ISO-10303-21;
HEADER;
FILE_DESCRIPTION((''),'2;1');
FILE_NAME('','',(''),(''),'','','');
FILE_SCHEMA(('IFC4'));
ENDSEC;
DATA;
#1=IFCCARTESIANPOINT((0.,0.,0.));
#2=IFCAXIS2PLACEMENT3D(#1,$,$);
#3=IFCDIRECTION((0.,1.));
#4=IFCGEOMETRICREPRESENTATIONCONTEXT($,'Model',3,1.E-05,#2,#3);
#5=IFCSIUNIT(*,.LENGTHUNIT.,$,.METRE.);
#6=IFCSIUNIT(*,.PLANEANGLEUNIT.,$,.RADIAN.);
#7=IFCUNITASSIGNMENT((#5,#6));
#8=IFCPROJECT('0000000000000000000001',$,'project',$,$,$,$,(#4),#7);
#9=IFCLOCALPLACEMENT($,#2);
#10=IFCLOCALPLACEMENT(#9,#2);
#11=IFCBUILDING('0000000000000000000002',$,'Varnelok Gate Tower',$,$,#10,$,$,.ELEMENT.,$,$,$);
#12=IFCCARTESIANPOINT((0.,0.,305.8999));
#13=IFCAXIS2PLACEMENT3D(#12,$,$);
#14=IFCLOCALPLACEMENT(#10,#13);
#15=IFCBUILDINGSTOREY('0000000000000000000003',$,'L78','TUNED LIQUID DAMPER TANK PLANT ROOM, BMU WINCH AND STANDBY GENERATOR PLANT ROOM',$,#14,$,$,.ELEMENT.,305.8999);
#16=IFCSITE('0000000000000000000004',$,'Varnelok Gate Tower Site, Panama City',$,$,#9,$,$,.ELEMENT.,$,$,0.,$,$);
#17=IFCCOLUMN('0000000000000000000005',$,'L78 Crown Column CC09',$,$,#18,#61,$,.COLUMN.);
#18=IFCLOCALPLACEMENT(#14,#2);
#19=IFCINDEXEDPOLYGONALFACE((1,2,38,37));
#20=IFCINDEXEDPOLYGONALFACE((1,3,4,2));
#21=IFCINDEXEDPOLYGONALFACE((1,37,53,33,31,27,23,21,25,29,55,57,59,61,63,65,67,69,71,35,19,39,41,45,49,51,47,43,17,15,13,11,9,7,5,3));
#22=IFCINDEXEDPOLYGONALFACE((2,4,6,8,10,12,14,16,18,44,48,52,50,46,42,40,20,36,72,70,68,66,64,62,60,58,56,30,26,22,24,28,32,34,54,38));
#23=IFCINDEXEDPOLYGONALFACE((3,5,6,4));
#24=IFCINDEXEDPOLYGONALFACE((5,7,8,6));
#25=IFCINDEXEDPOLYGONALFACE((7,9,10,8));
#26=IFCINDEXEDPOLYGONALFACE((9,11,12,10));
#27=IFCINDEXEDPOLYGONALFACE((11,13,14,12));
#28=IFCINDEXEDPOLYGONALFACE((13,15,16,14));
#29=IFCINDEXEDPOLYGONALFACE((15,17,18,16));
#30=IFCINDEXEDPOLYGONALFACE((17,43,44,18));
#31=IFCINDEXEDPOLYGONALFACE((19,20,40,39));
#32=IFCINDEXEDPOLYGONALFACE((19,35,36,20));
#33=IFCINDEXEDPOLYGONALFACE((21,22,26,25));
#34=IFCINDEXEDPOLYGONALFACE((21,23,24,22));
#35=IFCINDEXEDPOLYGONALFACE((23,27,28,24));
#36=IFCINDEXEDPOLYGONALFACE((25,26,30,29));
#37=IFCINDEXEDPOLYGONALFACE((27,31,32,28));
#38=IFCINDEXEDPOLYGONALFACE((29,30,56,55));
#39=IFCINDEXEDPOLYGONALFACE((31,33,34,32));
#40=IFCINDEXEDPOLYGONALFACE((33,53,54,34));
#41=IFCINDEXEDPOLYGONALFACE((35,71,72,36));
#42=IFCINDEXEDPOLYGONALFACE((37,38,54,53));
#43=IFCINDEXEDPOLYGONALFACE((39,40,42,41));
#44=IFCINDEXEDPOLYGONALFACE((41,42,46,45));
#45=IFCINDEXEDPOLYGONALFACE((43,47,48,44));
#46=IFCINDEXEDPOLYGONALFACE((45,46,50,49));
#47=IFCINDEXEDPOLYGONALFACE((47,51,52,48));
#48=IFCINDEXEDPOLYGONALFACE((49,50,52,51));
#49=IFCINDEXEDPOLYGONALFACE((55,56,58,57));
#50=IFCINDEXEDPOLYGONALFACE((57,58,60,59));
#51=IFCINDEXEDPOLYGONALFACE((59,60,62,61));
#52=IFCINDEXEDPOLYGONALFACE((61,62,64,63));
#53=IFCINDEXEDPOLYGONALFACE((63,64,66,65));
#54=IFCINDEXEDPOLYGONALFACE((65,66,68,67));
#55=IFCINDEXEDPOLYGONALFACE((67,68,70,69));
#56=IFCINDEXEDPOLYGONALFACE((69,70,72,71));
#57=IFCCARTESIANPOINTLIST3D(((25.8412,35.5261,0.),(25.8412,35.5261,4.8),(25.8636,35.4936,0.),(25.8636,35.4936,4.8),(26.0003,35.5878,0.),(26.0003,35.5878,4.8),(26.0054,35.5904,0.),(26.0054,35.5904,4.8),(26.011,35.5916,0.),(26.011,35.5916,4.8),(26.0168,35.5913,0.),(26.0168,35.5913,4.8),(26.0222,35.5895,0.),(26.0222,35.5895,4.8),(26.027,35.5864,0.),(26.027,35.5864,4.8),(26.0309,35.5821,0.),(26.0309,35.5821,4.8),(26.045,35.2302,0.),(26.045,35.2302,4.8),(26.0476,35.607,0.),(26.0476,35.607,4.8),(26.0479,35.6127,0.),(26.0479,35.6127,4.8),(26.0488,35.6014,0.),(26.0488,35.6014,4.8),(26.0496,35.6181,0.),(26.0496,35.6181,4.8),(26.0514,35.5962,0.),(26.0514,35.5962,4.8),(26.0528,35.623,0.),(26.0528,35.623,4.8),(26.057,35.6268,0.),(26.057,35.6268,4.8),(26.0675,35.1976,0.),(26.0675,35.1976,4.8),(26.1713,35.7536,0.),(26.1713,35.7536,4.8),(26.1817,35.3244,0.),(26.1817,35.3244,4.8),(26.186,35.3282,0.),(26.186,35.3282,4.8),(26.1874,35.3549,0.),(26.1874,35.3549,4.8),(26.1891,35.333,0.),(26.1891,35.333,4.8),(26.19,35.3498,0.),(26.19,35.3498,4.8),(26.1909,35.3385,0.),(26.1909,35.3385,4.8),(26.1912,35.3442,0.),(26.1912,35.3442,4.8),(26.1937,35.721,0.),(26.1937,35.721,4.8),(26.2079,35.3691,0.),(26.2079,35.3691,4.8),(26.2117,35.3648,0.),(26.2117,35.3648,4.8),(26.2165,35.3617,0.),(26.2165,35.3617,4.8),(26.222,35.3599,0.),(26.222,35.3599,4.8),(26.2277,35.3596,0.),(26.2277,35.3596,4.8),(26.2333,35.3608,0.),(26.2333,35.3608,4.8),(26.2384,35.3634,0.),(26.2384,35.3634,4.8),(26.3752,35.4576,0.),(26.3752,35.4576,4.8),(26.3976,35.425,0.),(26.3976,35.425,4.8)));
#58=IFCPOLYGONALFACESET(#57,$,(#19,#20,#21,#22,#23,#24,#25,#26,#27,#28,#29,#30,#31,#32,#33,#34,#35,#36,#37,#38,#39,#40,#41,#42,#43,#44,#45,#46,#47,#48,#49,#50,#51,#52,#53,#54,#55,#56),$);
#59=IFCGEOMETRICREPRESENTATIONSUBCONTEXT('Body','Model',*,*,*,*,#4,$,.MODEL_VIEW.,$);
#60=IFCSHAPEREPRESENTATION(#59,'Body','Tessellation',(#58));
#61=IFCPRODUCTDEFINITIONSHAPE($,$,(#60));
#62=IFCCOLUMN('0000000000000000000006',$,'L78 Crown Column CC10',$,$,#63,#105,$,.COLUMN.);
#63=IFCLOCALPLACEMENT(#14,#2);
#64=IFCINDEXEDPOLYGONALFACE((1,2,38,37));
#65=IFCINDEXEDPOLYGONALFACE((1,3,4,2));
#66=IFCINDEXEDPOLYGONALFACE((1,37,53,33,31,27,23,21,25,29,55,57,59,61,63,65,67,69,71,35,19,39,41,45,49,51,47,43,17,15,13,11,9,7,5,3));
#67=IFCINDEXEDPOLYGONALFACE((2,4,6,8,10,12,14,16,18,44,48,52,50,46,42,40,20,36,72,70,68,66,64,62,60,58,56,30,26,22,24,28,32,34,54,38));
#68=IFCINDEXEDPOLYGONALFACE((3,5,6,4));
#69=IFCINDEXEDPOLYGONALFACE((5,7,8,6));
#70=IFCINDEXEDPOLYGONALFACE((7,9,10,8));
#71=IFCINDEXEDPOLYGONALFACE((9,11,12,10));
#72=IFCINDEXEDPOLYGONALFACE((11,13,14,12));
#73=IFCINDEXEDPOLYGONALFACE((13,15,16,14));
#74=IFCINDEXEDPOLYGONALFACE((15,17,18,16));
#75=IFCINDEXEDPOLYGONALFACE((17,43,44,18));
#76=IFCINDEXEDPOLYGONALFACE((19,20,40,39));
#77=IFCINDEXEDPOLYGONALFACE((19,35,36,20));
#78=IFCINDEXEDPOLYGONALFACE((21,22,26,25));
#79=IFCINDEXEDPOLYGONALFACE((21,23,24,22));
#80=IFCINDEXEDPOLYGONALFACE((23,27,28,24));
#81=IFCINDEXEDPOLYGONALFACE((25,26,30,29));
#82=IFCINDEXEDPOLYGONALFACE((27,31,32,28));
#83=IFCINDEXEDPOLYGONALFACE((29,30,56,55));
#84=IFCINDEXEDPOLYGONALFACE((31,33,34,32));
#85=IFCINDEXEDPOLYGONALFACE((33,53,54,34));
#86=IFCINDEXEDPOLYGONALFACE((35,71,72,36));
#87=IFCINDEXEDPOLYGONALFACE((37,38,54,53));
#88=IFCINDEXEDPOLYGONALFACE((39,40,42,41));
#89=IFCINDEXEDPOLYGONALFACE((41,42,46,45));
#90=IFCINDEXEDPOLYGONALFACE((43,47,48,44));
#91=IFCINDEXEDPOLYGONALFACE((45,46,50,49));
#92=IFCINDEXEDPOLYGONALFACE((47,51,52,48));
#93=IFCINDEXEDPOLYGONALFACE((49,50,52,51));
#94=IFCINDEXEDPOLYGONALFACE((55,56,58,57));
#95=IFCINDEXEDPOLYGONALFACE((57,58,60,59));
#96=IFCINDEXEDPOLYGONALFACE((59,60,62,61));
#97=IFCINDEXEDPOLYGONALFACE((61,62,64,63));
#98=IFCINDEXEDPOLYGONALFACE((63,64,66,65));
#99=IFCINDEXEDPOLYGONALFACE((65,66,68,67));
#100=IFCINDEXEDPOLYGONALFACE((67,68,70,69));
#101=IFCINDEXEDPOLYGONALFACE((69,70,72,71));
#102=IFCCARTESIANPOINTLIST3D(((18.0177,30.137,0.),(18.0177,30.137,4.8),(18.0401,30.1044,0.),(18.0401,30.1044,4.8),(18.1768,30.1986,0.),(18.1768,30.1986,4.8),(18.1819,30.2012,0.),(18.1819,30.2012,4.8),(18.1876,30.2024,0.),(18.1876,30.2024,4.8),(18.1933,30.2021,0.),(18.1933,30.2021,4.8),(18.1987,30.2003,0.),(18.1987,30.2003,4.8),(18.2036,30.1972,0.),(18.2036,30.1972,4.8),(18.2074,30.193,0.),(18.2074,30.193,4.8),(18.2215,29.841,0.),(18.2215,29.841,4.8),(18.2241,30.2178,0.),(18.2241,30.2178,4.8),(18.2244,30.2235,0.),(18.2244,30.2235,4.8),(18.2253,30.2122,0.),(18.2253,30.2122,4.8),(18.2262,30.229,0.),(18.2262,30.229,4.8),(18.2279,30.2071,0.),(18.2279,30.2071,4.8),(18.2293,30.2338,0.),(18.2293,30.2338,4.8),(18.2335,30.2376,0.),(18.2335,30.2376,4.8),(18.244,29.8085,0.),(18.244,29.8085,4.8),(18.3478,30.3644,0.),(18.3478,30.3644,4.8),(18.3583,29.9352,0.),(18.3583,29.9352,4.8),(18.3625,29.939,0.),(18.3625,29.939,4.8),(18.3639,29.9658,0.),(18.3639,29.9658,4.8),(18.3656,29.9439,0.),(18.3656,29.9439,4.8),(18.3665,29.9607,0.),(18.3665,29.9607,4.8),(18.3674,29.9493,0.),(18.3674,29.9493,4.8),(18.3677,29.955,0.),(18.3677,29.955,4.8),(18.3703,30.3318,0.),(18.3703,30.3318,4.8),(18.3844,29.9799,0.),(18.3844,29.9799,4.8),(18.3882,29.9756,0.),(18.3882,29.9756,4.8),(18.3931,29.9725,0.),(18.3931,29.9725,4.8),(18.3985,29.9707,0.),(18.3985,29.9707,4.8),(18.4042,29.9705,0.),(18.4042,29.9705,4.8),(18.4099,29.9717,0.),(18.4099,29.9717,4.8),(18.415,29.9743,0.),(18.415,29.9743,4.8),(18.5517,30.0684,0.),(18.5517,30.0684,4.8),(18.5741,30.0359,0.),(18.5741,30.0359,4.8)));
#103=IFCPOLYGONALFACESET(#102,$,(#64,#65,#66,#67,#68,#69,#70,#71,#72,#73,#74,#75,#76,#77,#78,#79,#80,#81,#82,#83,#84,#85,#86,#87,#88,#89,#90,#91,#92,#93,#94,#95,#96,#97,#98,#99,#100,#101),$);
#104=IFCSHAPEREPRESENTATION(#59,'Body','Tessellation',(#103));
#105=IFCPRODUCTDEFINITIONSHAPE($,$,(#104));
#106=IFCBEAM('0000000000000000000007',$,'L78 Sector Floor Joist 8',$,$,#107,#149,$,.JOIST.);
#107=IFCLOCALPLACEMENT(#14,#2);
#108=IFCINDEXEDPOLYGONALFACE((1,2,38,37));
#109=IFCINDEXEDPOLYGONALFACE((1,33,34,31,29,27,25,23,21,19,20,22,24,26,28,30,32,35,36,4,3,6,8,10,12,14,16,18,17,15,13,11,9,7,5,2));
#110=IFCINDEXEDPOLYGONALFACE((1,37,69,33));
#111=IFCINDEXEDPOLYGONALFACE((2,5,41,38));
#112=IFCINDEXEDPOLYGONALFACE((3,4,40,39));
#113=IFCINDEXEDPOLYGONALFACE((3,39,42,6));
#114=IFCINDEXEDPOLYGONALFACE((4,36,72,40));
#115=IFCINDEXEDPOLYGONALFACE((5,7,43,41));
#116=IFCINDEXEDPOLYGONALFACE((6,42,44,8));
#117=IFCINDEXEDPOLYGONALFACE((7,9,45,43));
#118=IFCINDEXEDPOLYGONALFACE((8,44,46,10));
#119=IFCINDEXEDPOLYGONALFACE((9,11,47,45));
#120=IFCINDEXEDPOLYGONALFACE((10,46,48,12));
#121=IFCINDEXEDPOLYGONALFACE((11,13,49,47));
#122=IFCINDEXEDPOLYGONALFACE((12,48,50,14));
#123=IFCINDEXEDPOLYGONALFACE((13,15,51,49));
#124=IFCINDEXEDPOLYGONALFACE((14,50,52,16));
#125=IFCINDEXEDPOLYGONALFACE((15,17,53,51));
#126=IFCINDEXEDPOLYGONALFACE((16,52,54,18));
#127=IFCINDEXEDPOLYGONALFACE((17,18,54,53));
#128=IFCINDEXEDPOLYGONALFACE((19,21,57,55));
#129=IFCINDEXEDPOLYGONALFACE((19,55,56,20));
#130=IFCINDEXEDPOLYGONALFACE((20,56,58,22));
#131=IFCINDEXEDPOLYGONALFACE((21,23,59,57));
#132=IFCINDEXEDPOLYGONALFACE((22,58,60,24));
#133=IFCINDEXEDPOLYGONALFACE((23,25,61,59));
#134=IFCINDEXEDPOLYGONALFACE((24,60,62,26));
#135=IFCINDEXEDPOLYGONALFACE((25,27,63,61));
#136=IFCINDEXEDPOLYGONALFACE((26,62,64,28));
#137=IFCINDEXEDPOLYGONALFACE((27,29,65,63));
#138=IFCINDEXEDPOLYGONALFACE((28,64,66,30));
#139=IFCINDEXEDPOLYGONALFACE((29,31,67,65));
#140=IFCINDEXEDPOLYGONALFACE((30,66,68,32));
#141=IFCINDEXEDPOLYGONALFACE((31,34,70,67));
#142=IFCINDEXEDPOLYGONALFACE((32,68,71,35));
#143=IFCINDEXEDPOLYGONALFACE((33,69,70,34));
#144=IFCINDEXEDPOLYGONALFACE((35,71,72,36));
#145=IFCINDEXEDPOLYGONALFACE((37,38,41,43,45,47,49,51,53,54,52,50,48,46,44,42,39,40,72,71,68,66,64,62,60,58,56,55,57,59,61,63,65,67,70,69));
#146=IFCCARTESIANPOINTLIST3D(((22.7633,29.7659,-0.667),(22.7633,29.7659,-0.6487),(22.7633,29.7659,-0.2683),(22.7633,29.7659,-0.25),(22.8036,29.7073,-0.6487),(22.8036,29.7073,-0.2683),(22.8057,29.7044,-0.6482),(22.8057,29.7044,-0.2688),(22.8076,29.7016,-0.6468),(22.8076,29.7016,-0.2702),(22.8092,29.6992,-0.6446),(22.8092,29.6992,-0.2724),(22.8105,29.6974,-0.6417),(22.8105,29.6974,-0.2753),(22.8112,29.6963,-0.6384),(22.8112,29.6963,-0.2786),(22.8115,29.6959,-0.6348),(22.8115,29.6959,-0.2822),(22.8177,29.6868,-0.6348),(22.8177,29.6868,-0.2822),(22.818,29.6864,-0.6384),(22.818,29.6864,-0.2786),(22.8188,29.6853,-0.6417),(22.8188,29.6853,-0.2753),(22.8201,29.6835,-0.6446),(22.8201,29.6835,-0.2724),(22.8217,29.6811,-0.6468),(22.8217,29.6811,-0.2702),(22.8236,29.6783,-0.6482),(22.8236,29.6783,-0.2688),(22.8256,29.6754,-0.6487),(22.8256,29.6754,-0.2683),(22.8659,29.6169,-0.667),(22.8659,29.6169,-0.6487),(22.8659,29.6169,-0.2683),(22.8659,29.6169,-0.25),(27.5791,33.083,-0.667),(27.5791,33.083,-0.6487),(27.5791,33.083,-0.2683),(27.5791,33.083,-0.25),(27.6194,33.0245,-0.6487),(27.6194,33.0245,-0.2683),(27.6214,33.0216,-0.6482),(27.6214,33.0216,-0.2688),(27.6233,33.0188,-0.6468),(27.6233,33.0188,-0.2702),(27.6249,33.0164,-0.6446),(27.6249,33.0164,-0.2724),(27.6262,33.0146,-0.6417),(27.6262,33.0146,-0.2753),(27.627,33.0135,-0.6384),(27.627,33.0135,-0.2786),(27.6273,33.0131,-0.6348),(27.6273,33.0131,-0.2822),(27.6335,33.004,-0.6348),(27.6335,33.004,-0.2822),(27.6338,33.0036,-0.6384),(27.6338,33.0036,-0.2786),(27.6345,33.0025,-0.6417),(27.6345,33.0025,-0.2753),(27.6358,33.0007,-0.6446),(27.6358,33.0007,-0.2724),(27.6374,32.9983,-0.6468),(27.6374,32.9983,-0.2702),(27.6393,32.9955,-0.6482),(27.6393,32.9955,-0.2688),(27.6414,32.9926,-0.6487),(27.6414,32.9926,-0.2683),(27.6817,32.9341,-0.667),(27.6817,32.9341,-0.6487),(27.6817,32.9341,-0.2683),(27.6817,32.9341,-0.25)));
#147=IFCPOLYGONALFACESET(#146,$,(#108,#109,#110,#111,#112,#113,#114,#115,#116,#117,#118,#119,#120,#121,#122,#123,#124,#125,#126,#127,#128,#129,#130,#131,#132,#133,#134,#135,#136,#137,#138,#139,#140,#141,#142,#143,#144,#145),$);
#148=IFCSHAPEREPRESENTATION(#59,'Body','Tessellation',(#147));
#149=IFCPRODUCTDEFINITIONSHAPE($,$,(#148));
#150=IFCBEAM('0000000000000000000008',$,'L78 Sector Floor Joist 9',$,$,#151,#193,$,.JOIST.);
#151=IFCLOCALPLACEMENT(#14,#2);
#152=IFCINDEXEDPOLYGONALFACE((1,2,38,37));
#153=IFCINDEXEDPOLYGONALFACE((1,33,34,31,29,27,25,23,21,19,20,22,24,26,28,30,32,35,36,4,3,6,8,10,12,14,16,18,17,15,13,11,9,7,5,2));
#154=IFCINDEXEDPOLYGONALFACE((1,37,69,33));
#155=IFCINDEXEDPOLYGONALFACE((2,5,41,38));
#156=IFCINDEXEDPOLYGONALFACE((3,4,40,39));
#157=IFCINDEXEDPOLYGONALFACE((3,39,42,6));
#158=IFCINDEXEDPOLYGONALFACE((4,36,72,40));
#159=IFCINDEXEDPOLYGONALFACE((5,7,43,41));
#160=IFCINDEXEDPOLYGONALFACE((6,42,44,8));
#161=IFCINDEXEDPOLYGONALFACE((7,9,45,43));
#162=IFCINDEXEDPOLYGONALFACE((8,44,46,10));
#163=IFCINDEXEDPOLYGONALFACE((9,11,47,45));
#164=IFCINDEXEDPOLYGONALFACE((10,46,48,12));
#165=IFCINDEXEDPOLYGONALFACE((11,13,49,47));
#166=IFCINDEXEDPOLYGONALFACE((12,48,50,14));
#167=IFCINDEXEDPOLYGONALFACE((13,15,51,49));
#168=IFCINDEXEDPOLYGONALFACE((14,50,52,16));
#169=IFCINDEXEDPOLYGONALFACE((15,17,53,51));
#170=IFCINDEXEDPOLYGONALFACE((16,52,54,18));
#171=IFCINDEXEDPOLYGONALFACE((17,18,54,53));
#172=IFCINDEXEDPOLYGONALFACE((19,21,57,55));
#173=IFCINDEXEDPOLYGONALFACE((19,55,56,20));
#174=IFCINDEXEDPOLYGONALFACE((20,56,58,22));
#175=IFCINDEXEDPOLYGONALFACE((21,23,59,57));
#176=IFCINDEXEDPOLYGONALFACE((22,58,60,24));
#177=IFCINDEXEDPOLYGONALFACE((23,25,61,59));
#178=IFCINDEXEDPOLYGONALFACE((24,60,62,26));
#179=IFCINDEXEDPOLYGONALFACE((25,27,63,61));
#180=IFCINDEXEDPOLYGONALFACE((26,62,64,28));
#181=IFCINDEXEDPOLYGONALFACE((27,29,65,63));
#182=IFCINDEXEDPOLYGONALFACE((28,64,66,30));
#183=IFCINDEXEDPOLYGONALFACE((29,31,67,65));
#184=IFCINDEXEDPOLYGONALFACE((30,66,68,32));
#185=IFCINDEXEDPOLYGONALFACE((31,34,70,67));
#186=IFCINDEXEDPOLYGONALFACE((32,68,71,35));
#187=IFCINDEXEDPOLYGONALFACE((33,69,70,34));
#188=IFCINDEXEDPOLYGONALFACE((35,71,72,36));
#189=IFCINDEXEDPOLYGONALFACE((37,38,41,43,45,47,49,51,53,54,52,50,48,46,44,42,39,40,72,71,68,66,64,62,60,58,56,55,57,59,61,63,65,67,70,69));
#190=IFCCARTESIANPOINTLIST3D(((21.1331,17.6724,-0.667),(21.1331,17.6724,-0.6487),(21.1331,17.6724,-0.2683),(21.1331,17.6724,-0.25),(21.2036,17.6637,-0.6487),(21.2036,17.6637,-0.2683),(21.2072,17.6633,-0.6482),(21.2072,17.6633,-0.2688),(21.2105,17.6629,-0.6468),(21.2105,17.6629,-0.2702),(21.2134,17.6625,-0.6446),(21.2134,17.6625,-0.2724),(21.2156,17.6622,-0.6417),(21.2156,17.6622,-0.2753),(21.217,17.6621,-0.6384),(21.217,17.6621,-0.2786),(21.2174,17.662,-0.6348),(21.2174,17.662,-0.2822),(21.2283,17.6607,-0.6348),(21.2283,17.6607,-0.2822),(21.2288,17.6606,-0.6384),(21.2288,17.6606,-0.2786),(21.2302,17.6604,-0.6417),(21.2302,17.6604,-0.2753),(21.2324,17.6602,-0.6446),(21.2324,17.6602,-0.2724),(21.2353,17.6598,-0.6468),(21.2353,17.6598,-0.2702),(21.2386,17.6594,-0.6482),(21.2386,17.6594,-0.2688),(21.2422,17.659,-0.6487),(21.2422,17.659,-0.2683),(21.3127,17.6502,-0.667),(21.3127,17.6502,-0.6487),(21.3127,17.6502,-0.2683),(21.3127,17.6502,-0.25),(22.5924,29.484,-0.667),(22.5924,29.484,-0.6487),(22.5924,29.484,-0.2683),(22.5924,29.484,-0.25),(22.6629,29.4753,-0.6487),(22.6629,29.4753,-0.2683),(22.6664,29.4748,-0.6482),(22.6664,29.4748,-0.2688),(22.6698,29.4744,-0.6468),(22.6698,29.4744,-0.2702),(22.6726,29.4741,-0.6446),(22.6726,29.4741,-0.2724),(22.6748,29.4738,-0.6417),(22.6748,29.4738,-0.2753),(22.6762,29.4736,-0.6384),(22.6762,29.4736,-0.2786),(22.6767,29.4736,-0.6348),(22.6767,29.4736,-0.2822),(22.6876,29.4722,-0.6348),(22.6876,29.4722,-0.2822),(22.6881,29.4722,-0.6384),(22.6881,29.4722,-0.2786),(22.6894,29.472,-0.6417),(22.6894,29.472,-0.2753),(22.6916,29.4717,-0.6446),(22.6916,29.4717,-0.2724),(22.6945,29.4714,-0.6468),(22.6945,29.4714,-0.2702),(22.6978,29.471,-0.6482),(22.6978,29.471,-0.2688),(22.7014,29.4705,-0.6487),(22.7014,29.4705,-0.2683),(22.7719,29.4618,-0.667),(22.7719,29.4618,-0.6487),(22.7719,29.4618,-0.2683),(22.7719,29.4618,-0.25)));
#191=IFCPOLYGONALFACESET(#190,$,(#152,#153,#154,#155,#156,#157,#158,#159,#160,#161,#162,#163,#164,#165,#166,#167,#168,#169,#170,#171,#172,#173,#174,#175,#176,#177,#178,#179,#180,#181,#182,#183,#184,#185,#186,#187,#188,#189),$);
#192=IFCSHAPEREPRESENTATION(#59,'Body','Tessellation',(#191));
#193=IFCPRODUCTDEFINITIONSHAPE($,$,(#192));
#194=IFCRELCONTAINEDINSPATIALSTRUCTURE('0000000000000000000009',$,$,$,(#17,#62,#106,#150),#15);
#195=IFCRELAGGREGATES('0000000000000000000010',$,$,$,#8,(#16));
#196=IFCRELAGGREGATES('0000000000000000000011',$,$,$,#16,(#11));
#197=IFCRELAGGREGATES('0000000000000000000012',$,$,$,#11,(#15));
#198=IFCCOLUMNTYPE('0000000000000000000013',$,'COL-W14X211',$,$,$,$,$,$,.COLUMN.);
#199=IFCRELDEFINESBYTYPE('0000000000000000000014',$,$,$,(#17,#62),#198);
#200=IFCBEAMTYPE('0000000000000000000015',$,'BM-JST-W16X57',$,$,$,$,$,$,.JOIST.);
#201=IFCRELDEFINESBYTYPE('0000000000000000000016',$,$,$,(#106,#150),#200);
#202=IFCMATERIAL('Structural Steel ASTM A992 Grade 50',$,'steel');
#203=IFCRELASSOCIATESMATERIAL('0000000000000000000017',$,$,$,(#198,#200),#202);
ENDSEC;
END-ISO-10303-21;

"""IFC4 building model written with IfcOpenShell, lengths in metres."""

from ifc_helpers import new_model, si_unit, direction, frame, origin, origin_2d, place, context, subcontext, project, spatial, i_section, extrude, material, material_profile, profile_set, type_object, element, save


model = new_model("IFC4")

# Units and contexts
model_context = context("Model", 3, precision=1e-05, world=origin(), true_north=direction((0.0, 1.0)))
body_context = subcontext(model_context, "Body", "Model", "MODEL_VIEW")
ifc_project = project(units=[si_unit("LENGTHUNIT", "METRE"), si_unit("PLANEANGLEUNIT", "RADIAN")], contexts=[model_context])

# Site, building, storey
site_placement = place(None, origin())
site = spatial("IfcSite", under=ifc_project, at=site_placement, Name="Varnelok Gate Tower Site, Panama City", CompositionType="ELEMENT", RefElevation=0.0)
building_placement = place(site_placement, origin())
building = spatial("IfcBuilding", under=site, at=building_placement, Name="Varnelok Gate Tower", CompositionType="ELEMENT")
storey_placement = place(building_placement, frame((0.0, 0.0, 305.8999)))
storey = spatial("IfcBuildingStorey", under=building, at=storey_placement, Name="L78", Description="TUNED LIQUID DAMPER TANK PLANT ROOM, BMU WINCH AND STANDBY GENERATOR PLANT ROOM", CompositionType="ELEMENT", Elevation=305.8999)

# Columns
ifc_material_1 = material(Name="Structural Steel ASTM A992 Grade 50", Category="steel")
ifc_material_profile_1 = material_profile(ifc_material_1, i_section(OverallWidth=0.4009, OverallDepth=0.3989, WebThickness=0.0249, FlangeThickness=0.0396, FilletRadius=0.022, at=origin_2d()), Name="W14X211")
ifc_profile_set_1 = profile_set([ifc_material_profile_1], Name="Structural Steel ASTM A992 Grade 50")
column_type = type_object("IfcColumnType", Name="COL-W14X211", PredefinedType="COLUMN", material=ifc_profile_set_1)
for number, where, z_axis, x_axis, name in (
    (1, (26.1194, 35.4756, 0.0), (0.0, 0.0, 1.0), (0.823533, 0.567269, 0.0), "L78 Crown Column CC09"),
    (2, (18.2959, 30.0864, 0.0), (0.0, 0.0, 1.0), (0.823533, 0.567269, 0.0), "L78 Crown Column CC10"),
):
    element("IfcColumn", number, at=place(storey_placement, frame(where, z_axis=z_axis, x_axis=x_axis)), inside=storey, type_object=column_type, Name=name, PredefinedType="COLUMN", context=body_context, shape_type="SweptSolid", body=[
        extrude(i_section(OverallWidth=0.4009, OverallDepth=0.3989, WebThickness=0.0249, FlangeThickness=0.0396, FilletRadius=0.022, at=origin_2d()), origin(), (0.0, 0.0, 1.0), 4.8),
    ])

# Beams
ifc_material_profile_2 = material_profile(ifc_material_1, i_section(OverallWidth=0.1809, OverallDepth=0.417, WebThickness=0.011, FlangeThickness=0.0183, FilletRadius=0.0139, at=origin_2d()), Name="W16X57")
ifc_profile_set_2 = profile_set([ifc_material_profile_2], Name="Structural Steel ASTM A992 Grade 50")
beam_type_1 = type_object("IfcBeamType", Name="BM-JST-W16X57", PredefinedType="JOIST", material=ifc_profile_set_2)
beam_1_placement = place(storey_placement, frame((27.6304, 33.0085, -0.4585), z_axis=(-0.823534, -0.567267, 0.0), x_axis=(0.567267, -0.823534, 0.0)))
element("IfcBeam", 3, at=beam_1_placement, inside=storey, type_object=beam_type_1, Name="L78 Sector Floor Joist 8", PredefinedType="JOIST", context=body_context, shape_type="SweptSolid", body=[
    extrude(i_section(OverallWidth=0.1809, OverallDepth=0.417, WebThickness=0.011, FlangeThickness=0.0183, FilletRadius=0.0139, at=origin_2d()), origin(), (0.0, 0.0, 1.0), 5.8477),
])
beam_2_placement = place(storey_placement, frame((22.6821, 29.4729, -0.4585), z_axis=(-0.122611, -0.992455, 0.0), x_axis=(0.992455, -0.122611, 0.0)))
element("IfcBeam", 4, at=beam_2_placement, inside=storey, type_object=beam_type_1, Name="L78 Sector Floor Joist 9", PredefinedType="JOIST", context=body_context, shape_type="SweptSolid", body=[
    extrude(i_section(OverallWidth=0.1809, OverallDepth=0.417, WebThickness=0.011, FlangeThickness=0.0183, FilletRadius=0.0139, at=origin_2d()), origin(), (0.0, 0.0, 1.0), 11.9014),
])

save(model, "model.ifc")
